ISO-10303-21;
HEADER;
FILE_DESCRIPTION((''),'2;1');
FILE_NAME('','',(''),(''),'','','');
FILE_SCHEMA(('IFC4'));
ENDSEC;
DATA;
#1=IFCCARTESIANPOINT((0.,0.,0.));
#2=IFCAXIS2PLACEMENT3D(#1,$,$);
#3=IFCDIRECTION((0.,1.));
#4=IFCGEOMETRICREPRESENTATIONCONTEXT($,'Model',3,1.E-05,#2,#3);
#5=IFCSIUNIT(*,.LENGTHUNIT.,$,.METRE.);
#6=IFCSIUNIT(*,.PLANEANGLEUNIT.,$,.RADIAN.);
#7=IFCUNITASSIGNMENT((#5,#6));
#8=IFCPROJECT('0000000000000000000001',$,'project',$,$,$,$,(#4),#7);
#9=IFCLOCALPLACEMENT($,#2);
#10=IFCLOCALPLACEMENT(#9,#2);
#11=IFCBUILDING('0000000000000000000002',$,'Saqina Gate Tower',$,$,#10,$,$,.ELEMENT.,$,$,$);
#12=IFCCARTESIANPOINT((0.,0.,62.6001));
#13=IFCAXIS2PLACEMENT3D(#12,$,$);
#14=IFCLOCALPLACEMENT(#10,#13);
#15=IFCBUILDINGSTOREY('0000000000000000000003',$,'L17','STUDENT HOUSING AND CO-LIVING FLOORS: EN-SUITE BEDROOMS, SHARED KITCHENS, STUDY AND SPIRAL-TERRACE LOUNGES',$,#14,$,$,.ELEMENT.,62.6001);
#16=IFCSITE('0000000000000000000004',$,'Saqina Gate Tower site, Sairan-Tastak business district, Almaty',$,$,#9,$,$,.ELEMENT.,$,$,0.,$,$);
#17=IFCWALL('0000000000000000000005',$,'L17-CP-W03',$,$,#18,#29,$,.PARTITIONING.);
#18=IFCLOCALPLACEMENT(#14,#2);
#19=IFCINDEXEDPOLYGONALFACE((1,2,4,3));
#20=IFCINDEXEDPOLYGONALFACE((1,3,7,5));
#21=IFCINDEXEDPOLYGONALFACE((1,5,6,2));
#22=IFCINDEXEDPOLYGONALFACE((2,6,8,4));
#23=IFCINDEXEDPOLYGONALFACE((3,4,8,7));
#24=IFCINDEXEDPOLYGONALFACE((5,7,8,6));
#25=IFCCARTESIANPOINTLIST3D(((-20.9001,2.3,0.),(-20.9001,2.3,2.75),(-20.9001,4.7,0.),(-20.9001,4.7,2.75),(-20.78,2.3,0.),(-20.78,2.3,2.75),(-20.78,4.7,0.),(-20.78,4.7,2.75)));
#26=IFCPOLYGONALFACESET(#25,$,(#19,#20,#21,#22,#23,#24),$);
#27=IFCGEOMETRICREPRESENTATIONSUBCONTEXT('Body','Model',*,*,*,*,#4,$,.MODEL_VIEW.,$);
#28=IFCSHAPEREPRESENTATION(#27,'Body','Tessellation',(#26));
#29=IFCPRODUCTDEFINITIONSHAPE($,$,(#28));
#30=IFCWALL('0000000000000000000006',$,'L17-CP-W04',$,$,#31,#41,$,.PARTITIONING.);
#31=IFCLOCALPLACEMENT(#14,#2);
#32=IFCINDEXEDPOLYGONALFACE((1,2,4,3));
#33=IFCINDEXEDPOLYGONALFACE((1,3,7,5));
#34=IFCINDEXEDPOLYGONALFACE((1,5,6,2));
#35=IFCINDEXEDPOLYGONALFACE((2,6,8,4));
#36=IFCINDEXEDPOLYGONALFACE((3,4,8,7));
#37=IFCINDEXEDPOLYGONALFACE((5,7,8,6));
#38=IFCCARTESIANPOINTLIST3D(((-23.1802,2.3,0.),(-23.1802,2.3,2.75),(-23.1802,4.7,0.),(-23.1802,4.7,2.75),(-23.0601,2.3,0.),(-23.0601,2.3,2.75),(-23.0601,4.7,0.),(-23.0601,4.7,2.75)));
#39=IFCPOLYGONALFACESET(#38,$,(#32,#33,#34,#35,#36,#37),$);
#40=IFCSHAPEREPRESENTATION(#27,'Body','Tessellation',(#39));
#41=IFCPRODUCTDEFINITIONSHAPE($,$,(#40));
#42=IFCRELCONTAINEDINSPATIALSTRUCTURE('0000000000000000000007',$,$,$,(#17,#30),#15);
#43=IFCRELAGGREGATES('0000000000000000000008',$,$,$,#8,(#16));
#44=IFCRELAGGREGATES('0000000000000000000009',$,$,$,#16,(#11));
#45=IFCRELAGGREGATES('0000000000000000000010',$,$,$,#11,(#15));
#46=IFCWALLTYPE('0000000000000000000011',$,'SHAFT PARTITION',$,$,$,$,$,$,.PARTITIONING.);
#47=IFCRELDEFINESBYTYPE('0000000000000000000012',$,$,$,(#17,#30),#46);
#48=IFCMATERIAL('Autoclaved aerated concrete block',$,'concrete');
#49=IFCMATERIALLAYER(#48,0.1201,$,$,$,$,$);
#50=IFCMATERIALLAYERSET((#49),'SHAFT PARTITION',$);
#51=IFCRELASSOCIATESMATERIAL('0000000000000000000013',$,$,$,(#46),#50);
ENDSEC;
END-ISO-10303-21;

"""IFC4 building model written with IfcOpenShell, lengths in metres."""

from ifc_helpers import new_model, si_unit, direction, frame, frame_2d, origin, place, context, subcontext, project, spatial, rectangle, extrude, material, layer, layer_set, type_object, element, save


model = new_model("IFC4")

# Units and contexts
model_context = context("Model", 3, precision=1e-05, world=origin(), true_north=direction((0.0, 1.0)))
body_context = subcontext(model_context, "Body", "Model", "MODEL_VIEW")
ifc_project = project(units=[si_unit("LENGTHUNIT", "METRE"), si_unit("PLANEANGLEUNIT", "RADIAN")], contexts=[model_context])

# Site, building, storey
site_placement = place(None, origin())
site = spatial("IfcSite", under=ifc_project, at=site_placement, Name="Saqina Gate Tower site, Sairan-Tastak business district, Almaty", CompositionType="ELEMENT", RefElevation=0.0)
building_placement = place(site_placement, origin())
building = spatial("IfcBuilding", under=site, at=building_placement, Name="Saqina Gate Tower", CompositionType="ELEMENT")
storey_placement = place(building_placement, frame((0.0, 0.0, 62.6001)))
storey = spatial("IfcBuildingStorey", under=building, at=storey_placement, Name="L17", Description="STUDENT HOUSING AND CO-LIVING FLOORS: EN-SUITE BEDROOMS, SHARED KITCHENS, STUDY AND SPIRAL-TERRACE LOUNGES", CompositionType="ELEMENT", Elevation=62.6001)

# Walls
ifc_material_1 = material(Name="Autoclaved aerated concrete block", Category="concrete")
ifc_layer_1 = layer(ifc_material_1, 0.1201)
ifc_layer_set_1 = layer_set([ifc_layer_1], Name="SHAFT PARTITION")
wall_type_1 = type_object("IfcWallType", Name="SHAFT PARTITION", PredefinedType="PARTITIONING", material=ifc_layer_set_1)
for number, where, z_axis, x_axis, name in (
    (1, (-20.8401, 2.3, 0.0), (0.0, 0.0, 1.0), (0.0, 1.0, 0.0), "L17-CP-W03"),
    (2, (-23.1201, 2.3, 0.0), (0.0, 0.0, 1.0), (0.0, 1.0, 0.0), "L17-CP-W04"),
):
    element("IfcWall", number, at=place(storey_placement, frame(where, z_axis=z_axis, x_axis=x_axis)), inside=storey, type_object=wall_type_1, Name=name, PredefinedType="PARTITIONING", context=body_context, shape_type="SweptSolid", body=[
        extrude(rectangle(XDim=2.3999, YDim=0.1201, at=frame_2d((1.2, 0.0))), origin(), (0.0, 0.0, 1.0), 2.75),
    ])

save(model, "model.ifc")
